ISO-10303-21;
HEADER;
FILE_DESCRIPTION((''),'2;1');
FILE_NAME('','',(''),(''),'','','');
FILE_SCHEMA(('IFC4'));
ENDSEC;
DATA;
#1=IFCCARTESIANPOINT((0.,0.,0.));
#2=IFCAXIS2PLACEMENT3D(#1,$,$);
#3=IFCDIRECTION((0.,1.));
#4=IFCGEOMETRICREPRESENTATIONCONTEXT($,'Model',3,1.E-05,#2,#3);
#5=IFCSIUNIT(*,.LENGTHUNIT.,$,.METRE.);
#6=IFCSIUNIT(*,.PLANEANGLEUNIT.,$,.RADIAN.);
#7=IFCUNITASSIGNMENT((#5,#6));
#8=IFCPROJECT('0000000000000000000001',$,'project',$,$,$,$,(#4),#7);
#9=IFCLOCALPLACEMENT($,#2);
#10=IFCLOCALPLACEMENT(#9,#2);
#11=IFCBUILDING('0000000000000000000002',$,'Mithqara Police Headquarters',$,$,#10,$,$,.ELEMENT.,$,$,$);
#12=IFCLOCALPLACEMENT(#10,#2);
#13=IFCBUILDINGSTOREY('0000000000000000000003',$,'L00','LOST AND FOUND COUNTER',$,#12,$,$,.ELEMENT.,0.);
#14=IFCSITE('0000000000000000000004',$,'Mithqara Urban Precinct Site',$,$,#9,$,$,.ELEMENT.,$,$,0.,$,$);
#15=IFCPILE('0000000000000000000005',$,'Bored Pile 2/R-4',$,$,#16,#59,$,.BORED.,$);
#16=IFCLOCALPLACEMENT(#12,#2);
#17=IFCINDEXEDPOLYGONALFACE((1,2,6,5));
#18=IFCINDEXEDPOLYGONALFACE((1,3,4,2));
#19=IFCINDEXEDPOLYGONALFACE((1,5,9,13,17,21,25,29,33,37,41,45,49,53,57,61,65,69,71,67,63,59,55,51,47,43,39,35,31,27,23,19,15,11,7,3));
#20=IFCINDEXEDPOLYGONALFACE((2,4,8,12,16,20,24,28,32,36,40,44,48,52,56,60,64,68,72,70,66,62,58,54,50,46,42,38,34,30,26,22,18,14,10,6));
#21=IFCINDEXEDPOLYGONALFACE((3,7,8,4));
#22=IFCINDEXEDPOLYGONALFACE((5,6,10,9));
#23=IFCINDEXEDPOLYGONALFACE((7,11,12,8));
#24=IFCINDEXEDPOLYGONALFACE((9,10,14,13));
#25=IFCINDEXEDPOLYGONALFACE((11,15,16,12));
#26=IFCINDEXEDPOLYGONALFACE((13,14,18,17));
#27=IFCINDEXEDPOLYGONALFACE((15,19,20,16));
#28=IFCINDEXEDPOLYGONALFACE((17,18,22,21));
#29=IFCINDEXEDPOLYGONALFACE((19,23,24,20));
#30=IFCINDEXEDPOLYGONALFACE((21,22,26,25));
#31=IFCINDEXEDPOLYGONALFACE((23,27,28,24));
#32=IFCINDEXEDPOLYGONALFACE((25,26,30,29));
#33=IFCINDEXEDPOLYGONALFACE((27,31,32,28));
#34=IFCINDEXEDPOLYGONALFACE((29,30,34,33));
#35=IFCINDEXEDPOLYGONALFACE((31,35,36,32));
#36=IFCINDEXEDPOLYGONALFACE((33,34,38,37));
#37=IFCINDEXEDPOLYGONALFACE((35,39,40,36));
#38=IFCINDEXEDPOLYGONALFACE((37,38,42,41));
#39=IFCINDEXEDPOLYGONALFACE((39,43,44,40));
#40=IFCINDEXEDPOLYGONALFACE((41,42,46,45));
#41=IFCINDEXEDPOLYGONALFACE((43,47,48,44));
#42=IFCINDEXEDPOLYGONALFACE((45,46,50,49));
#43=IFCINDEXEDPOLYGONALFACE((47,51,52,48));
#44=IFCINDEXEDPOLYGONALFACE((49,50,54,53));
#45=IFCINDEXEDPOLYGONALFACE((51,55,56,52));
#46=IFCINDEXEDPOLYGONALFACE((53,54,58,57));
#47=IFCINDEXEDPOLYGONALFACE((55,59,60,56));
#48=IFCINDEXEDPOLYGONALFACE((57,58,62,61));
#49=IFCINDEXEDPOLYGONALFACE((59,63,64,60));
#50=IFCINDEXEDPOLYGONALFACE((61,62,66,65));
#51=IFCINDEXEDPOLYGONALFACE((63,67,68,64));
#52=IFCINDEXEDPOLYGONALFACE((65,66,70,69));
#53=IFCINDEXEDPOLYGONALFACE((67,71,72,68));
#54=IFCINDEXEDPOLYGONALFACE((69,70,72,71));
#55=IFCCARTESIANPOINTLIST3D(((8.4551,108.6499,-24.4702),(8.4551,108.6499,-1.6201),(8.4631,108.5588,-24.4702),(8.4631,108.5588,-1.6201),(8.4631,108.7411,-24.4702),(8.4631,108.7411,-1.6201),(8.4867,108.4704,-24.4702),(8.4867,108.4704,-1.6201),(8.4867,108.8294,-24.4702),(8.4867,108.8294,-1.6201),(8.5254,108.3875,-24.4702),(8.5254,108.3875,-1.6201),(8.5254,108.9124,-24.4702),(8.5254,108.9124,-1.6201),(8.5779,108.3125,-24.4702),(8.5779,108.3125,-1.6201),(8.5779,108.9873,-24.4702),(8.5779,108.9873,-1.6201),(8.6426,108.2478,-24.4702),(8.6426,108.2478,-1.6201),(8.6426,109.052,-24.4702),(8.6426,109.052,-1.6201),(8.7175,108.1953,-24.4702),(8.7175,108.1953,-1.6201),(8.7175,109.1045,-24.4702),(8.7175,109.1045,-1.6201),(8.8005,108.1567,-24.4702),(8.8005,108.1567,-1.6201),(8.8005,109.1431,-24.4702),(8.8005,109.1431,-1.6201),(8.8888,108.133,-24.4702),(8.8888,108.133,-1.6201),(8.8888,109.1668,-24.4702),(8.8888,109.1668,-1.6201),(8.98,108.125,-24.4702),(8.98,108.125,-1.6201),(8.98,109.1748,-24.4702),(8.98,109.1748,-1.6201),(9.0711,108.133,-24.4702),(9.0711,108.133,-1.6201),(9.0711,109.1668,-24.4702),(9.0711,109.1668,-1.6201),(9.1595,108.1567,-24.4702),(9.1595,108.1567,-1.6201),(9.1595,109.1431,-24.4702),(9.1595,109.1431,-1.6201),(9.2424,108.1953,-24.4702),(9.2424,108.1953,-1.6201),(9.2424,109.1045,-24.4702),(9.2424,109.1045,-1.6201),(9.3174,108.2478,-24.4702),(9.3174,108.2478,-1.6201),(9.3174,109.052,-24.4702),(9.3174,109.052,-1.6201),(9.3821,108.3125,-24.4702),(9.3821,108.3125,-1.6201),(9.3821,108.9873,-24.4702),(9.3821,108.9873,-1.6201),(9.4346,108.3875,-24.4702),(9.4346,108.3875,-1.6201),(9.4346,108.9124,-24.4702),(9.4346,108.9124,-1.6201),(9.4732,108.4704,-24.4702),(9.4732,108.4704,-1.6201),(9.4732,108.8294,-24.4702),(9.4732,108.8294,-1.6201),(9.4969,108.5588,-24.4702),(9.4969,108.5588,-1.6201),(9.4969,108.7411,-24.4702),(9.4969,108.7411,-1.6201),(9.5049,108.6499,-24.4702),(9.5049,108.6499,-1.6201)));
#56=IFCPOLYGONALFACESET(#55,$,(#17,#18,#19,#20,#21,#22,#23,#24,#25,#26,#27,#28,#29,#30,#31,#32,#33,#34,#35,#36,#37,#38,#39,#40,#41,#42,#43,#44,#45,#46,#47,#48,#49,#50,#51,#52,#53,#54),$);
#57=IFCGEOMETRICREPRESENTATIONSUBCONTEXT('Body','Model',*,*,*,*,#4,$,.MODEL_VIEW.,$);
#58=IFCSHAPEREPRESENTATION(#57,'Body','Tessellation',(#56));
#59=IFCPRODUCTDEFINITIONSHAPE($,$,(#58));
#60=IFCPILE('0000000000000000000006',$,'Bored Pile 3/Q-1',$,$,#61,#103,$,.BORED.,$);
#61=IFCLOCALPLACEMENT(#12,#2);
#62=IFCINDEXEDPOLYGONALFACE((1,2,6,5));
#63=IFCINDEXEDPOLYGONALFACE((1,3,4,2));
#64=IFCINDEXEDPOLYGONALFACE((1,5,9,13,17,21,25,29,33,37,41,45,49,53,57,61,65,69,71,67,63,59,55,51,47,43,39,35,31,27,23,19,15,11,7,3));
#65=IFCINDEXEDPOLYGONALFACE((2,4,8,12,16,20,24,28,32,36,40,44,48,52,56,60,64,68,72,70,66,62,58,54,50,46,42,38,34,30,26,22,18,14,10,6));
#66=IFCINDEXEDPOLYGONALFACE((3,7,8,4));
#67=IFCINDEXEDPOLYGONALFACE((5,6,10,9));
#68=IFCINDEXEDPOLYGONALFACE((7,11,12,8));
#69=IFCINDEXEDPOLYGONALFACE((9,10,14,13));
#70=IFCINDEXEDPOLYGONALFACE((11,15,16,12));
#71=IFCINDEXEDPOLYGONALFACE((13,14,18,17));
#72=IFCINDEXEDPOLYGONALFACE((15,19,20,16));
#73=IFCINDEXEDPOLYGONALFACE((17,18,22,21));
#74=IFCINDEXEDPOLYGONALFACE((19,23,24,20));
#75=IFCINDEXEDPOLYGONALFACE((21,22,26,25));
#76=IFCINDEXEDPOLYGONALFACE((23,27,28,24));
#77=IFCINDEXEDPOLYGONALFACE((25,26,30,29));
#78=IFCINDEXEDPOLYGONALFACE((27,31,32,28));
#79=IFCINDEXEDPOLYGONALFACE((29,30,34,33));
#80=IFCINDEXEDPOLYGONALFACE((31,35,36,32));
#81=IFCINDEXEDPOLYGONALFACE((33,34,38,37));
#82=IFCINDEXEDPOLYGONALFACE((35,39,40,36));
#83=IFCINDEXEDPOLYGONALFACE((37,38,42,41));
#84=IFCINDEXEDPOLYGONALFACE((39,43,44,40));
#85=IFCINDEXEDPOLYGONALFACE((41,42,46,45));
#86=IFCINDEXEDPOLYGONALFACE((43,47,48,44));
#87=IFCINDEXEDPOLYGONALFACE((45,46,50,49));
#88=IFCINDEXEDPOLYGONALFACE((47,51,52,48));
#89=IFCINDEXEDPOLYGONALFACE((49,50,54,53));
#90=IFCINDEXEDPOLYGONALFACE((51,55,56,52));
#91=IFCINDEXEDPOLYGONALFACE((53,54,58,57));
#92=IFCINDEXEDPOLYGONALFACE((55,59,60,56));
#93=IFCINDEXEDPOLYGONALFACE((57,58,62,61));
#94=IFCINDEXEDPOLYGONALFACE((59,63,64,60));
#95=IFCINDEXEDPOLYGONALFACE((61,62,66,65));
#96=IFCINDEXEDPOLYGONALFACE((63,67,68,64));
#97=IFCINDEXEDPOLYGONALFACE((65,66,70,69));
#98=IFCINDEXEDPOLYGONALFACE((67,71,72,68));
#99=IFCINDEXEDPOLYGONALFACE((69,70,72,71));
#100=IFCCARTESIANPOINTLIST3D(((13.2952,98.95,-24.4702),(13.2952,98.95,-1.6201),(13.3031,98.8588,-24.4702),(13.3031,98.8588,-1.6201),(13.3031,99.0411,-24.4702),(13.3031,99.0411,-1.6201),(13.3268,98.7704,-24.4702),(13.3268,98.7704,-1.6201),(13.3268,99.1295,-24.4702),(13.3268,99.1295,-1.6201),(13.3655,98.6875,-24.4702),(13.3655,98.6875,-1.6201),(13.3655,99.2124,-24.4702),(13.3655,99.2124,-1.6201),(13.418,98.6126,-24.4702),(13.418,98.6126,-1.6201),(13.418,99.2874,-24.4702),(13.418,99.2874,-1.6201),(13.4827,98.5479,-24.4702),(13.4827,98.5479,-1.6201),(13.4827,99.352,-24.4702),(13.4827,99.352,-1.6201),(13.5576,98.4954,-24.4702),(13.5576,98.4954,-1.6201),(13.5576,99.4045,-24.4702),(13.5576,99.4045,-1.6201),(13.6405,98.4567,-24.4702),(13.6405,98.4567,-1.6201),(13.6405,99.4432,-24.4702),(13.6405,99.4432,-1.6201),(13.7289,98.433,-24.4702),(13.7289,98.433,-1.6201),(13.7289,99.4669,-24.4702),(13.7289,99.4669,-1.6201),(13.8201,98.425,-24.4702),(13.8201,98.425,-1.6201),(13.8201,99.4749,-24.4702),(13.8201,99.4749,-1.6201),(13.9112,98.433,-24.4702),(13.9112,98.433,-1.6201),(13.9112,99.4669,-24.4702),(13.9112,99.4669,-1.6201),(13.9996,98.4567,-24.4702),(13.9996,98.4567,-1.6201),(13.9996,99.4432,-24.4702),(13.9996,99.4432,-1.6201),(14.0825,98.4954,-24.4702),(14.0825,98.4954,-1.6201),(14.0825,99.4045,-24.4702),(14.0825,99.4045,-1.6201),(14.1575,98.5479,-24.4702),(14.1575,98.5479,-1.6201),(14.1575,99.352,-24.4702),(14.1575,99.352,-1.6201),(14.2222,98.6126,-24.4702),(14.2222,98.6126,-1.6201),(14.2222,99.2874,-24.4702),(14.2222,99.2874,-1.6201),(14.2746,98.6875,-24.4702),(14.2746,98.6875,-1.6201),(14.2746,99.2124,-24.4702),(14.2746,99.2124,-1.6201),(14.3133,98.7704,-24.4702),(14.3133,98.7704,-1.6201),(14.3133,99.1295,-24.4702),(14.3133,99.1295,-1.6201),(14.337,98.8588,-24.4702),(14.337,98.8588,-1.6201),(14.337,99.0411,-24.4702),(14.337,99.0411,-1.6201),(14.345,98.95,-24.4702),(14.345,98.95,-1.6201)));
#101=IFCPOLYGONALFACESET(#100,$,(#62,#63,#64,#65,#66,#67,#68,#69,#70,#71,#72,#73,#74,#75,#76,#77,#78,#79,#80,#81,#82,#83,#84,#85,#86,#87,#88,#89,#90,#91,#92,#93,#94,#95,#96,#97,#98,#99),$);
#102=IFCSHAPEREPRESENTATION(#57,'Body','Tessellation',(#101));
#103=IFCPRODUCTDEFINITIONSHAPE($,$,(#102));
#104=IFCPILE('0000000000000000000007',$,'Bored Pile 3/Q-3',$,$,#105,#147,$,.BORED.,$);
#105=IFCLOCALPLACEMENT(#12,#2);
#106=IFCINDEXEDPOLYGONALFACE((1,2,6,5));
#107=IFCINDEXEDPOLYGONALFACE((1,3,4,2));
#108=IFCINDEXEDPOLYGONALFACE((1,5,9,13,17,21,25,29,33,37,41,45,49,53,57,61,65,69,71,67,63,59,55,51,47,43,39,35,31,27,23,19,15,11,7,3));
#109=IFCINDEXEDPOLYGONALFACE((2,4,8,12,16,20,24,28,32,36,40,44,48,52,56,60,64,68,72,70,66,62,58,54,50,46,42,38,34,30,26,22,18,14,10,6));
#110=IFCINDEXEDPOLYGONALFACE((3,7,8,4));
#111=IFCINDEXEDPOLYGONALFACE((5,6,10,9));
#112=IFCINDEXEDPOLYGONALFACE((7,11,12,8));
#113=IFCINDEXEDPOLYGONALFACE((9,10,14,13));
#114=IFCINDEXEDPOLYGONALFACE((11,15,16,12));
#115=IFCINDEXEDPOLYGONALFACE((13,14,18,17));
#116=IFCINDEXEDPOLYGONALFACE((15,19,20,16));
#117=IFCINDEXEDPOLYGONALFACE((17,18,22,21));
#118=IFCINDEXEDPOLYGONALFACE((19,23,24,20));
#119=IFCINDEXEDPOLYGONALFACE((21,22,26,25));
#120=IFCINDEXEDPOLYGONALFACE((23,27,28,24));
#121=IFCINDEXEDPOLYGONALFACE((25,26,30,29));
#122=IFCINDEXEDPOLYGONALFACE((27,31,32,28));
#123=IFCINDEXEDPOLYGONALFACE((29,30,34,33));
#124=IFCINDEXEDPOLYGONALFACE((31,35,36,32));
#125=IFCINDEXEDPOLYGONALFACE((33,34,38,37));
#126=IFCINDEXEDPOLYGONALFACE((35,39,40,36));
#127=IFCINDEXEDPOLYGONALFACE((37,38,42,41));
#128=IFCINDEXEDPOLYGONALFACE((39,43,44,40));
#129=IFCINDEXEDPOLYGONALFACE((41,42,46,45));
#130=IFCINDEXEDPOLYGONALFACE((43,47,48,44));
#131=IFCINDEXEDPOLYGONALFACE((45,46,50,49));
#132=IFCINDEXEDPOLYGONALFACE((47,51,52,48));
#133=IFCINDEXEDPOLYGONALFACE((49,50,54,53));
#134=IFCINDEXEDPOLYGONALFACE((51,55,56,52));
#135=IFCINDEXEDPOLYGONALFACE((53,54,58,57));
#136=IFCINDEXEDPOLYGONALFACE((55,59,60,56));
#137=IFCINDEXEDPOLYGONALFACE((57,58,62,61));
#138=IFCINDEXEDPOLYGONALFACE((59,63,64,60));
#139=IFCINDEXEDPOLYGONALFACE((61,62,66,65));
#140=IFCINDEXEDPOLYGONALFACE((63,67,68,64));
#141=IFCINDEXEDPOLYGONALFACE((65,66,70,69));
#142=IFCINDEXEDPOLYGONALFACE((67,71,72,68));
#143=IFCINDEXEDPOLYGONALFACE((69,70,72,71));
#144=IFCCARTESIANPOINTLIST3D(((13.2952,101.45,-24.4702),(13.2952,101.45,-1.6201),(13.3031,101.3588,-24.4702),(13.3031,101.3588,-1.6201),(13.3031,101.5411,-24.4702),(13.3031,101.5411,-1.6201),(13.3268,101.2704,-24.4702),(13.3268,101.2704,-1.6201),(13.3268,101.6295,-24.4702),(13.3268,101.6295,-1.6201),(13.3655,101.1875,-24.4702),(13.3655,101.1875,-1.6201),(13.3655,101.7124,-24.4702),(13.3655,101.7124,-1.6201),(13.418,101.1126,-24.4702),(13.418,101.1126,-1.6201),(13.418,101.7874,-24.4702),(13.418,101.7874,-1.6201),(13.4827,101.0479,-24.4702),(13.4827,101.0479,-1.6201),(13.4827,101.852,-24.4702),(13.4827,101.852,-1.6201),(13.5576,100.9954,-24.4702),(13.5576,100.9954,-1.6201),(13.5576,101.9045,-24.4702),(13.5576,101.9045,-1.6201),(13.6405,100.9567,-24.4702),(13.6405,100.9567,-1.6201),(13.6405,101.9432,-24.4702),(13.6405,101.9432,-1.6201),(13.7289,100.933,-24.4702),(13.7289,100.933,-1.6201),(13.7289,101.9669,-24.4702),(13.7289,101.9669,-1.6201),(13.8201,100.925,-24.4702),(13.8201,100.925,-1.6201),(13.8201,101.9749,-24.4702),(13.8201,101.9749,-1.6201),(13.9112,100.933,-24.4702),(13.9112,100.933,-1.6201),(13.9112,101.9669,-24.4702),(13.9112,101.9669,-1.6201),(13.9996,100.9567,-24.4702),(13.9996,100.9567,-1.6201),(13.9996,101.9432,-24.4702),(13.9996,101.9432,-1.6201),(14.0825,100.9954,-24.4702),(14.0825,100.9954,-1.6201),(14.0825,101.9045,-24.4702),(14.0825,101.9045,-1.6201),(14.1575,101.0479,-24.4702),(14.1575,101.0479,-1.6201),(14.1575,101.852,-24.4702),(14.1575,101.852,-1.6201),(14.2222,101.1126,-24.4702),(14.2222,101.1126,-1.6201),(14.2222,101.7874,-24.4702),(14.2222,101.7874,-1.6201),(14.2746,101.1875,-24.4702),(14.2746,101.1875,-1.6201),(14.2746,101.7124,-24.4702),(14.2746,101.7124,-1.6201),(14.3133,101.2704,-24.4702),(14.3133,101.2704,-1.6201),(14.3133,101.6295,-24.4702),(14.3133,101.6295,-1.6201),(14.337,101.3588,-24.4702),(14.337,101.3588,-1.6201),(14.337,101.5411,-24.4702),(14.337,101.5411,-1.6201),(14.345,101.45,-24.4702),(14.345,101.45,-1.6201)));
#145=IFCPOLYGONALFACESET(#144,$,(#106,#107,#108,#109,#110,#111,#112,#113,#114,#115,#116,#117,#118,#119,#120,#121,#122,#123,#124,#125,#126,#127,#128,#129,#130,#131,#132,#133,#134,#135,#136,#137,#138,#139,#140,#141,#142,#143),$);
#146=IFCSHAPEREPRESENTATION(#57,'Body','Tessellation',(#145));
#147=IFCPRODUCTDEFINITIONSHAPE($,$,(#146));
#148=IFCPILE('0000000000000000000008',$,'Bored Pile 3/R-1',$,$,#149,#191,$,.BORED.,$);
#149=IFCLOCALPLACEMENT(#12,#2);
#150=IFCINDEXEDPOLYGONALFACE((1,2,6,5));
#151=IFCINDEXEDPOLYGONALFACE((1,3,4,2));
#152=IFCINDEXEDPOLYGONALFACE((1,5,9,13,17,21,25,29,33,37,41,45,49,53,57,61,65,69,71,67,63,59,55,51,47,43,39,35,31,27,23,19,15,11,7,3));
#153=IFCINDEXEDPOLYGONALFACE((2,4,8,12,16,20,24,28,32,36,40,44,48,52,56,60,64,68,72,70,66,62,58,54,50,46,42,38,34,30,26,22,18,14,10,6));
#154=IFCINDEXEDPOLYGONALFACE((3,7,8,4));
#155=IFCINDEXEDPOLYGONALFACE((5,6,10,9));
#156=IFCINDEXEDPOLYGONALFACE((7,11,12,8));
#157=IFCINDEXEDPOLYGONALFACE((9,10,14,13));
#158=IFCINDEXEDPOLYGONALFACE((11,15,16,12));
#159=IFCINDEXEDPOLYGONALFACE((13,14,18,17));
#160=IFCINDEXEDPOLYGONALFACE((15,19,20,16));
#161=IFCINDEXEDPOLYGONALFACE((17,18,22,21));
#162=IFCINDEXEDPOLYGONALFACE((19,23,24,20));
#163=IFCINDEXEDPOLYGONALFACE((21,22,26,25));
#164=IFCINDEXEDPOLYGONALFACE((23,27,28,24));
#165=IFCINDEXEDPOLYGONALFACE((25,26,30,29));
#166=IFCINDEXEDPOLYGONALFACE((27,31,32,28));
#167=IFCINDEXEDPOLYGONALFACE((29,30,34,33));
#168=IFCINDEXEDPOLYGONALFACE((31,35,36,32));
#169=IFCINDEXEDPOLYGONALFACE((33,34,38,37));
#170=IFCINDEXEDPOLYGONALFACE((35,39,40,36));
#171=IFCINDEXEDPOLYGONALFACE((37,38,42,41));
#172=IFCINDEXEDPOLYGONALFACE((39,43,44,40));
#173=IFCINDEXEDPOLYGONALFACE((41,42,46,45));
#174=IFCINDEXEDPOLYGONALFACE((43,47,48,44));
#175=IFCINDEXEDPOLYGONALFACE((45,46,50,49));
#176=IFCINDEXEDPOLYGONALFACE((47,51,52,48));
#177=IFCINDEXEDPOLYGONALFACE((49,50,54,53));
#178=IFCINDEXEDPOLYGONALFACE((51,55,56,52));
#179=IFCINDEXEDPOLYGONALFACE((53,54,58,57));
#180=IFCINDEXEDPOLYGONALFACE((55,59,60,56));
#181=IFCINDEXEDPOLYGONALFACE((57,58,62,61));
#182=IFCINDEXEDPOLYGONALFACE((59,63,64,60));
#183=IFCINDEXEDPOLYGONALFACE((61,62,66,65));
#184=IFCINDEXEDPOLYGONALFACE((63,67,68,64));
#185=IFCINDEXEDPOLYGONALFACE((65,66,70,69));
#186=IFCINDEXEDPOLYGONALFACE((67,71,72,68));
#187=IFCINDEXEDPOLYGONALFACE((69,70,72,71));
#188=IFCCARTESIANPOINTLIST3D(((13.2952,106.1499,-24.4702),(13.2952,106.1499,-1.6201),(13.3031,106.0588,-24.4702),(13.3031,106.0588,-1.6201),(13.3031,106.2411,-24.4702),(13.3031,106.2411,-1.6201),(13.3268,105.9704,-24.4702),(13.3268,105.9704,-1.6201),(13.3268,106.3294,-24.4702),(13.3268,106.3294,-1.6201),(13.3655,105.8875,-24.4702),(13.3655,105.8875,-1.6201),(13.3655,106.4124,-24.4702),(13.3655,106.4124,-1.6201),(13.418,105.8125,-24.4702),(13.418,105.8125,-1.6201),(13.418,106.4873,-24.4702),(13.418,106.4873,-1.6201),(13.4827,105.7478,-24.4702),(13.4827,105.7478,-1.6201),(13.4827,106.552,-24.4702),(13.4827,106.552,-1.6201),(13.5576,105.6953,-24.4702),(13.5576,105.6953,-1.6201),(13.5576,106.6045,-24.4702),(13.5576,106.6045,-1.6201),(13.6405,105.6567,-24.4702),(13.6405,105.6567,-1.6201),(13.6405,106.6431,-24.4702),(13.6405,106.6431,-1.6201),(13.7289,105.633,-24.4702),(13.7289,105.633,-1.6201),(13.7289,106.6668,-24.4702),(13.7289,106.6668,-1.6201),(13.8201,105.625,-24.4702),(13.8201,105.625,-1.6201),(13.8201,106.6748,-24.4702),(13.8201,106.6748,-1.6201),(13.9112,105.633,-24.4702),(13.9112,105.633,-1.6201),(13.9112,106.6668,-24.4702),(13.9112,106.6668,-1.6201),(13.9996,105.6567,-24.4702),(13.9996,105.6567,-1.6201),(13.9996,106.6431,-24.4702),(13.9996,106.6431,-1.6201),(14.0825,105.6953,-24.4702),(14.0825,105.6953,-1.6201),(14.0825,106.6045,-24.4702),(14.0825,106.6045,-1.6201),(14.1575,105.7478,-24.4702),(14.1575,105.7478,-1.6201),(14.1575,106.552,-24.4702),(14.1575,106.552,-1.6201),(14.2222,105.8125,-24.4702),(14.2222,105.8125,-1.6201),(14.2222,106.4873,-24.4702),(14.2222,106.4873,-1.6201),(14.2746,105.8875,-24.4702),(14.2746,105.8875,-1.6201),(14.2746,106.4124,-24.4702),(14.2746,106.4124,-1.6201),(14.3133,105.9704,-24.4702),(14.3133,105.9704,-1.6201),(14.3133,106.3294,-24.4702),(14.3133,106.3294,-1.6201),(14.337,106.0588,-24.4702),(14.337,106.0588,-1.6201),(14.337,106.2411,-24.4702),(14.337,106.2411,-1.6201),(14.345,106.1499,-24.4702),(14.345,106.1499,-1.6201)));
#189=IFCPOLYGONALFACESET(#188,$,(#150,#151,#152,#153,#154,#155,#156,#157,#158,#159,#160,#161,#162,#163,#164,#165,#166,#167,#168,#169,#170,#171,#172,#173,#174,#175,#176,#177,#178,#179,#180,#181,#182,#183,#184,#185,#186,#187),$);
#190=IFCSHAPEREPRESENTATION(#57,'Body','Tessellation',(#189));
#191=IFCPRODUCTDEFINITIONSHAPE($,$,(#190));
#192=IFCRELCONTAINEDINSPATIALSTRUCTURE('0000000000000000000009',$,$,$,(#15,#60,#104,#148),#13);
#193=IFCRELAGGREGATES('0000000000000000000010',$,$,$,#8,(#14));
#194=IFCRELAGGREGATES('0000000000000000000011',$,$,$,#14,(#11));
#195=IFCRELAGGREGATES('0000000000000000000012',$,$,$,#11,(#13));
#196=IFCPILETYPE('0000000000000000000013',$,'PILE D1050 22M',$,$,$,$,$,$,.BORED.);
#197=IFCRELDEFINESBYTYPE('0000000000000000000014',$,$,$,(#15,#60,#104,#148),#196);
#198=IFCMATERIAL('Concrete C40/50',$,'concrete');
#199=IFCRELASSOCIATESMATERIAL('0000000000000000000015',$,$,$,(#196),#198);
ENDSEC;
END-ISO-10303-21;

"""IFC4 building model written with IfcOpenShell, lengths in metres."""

from ifc_helpers import new_model, si_unit, direction, frame, origin, origin_2d, place, context, subcontext, project, spatial, circle, extrude, material, material_profile, profile_set, type_object, element, save


model = new_model("IFC4")

# Units and contexts
model_context = context("Model", 3, precision=1e-05, world=origin(), true_north=direction((0.0, 1.0)))
body_context = subcontext(model_context, "Body", "Model", "MODEL_VIEW")
ifc_project = project(units=[si_unit("LENGTHUNIT", "METRE"), si_unit("PLANEANGLEUNIT", "RADIAN")], contexts=[model_context])

# Site, building, storey
site_placement = place(None, origin())
site = spatial("IfcSite", under=ifc_project, at=site_placement, Name="Mithqara Urban Precinct Site", CompositionType="ELEMENT", RefElevation=0.0)
building_placement = place(site_placement, origin())
building = spatial("IfcBuilding", under=site, at=building_placement, Name="Mithqara Police Headquarters", CompositionType="ELEMENT")
storey_placement = place(building_placement, origin())
storey = spatial("IfcBuildingStorey", under=building, at=storey_placement, Name="L00", Description="LOST AND FOUND COUNTER", CompositionType="ELEMENT", Elevation=0.0)

# Shared definitions
ifc_material_1 = material(Name="Concrete C40/50", Category="concrete")

# Piles
ifc_material_profile_1 = material_profile(ifc_material_1, circle(Radius=0.5249, at=origin_2d()), Name="PILE D1050")
ifc_profile_set_1 = profile_set([ifc_material_profile_1], Name="Concrete C40/50")
pile_type = type_object("IfcPileType", Name="PILE D1050 22M", PredefinedType="BORED", material=ifc_profile_set_1)
for number, where, z_axis, x_axis, name in (
    (1, (8.98, 108.6499, -1.6201), (0.0, 0.0, -1.0), (1.0, 0.0, 0.0), "Bored Pile 2/R-4"),
    (2, (13.8201, 98.95, -1.6201), (0.0, 0.0, -1.0), (1.0, 0.0, 0.0), "Bored Pile 3/Q-1"),
    (3, (13.8201, 101.45, -1.6201), (0.0, 0.0, -1.0), (1.0, 0.0, 0.0), "Bored Pile 3/Q-3"),
    (4, (13.8201, 106.1499, -1.6201), (0.0, 0.0, -1.0), (1.0, 0.0, 0.0), "Bored Pile 3/R-1"),
):
    element("IfcPile", number, at=place(storey_placement, frame(where, z_axis=z_axis, x_axis=x_axis)), inside=storey, type_object=pile_type, Name=name, PredefinedType="BORED", context=body_context, shape_type="SweptSolid", body=[
        extrude(circle(Radius=0.5249, at=origin_2d()), origin(), (0.0, 0.0, 1.0), 22.8501),
    ])

save(model, "model.ifc")
